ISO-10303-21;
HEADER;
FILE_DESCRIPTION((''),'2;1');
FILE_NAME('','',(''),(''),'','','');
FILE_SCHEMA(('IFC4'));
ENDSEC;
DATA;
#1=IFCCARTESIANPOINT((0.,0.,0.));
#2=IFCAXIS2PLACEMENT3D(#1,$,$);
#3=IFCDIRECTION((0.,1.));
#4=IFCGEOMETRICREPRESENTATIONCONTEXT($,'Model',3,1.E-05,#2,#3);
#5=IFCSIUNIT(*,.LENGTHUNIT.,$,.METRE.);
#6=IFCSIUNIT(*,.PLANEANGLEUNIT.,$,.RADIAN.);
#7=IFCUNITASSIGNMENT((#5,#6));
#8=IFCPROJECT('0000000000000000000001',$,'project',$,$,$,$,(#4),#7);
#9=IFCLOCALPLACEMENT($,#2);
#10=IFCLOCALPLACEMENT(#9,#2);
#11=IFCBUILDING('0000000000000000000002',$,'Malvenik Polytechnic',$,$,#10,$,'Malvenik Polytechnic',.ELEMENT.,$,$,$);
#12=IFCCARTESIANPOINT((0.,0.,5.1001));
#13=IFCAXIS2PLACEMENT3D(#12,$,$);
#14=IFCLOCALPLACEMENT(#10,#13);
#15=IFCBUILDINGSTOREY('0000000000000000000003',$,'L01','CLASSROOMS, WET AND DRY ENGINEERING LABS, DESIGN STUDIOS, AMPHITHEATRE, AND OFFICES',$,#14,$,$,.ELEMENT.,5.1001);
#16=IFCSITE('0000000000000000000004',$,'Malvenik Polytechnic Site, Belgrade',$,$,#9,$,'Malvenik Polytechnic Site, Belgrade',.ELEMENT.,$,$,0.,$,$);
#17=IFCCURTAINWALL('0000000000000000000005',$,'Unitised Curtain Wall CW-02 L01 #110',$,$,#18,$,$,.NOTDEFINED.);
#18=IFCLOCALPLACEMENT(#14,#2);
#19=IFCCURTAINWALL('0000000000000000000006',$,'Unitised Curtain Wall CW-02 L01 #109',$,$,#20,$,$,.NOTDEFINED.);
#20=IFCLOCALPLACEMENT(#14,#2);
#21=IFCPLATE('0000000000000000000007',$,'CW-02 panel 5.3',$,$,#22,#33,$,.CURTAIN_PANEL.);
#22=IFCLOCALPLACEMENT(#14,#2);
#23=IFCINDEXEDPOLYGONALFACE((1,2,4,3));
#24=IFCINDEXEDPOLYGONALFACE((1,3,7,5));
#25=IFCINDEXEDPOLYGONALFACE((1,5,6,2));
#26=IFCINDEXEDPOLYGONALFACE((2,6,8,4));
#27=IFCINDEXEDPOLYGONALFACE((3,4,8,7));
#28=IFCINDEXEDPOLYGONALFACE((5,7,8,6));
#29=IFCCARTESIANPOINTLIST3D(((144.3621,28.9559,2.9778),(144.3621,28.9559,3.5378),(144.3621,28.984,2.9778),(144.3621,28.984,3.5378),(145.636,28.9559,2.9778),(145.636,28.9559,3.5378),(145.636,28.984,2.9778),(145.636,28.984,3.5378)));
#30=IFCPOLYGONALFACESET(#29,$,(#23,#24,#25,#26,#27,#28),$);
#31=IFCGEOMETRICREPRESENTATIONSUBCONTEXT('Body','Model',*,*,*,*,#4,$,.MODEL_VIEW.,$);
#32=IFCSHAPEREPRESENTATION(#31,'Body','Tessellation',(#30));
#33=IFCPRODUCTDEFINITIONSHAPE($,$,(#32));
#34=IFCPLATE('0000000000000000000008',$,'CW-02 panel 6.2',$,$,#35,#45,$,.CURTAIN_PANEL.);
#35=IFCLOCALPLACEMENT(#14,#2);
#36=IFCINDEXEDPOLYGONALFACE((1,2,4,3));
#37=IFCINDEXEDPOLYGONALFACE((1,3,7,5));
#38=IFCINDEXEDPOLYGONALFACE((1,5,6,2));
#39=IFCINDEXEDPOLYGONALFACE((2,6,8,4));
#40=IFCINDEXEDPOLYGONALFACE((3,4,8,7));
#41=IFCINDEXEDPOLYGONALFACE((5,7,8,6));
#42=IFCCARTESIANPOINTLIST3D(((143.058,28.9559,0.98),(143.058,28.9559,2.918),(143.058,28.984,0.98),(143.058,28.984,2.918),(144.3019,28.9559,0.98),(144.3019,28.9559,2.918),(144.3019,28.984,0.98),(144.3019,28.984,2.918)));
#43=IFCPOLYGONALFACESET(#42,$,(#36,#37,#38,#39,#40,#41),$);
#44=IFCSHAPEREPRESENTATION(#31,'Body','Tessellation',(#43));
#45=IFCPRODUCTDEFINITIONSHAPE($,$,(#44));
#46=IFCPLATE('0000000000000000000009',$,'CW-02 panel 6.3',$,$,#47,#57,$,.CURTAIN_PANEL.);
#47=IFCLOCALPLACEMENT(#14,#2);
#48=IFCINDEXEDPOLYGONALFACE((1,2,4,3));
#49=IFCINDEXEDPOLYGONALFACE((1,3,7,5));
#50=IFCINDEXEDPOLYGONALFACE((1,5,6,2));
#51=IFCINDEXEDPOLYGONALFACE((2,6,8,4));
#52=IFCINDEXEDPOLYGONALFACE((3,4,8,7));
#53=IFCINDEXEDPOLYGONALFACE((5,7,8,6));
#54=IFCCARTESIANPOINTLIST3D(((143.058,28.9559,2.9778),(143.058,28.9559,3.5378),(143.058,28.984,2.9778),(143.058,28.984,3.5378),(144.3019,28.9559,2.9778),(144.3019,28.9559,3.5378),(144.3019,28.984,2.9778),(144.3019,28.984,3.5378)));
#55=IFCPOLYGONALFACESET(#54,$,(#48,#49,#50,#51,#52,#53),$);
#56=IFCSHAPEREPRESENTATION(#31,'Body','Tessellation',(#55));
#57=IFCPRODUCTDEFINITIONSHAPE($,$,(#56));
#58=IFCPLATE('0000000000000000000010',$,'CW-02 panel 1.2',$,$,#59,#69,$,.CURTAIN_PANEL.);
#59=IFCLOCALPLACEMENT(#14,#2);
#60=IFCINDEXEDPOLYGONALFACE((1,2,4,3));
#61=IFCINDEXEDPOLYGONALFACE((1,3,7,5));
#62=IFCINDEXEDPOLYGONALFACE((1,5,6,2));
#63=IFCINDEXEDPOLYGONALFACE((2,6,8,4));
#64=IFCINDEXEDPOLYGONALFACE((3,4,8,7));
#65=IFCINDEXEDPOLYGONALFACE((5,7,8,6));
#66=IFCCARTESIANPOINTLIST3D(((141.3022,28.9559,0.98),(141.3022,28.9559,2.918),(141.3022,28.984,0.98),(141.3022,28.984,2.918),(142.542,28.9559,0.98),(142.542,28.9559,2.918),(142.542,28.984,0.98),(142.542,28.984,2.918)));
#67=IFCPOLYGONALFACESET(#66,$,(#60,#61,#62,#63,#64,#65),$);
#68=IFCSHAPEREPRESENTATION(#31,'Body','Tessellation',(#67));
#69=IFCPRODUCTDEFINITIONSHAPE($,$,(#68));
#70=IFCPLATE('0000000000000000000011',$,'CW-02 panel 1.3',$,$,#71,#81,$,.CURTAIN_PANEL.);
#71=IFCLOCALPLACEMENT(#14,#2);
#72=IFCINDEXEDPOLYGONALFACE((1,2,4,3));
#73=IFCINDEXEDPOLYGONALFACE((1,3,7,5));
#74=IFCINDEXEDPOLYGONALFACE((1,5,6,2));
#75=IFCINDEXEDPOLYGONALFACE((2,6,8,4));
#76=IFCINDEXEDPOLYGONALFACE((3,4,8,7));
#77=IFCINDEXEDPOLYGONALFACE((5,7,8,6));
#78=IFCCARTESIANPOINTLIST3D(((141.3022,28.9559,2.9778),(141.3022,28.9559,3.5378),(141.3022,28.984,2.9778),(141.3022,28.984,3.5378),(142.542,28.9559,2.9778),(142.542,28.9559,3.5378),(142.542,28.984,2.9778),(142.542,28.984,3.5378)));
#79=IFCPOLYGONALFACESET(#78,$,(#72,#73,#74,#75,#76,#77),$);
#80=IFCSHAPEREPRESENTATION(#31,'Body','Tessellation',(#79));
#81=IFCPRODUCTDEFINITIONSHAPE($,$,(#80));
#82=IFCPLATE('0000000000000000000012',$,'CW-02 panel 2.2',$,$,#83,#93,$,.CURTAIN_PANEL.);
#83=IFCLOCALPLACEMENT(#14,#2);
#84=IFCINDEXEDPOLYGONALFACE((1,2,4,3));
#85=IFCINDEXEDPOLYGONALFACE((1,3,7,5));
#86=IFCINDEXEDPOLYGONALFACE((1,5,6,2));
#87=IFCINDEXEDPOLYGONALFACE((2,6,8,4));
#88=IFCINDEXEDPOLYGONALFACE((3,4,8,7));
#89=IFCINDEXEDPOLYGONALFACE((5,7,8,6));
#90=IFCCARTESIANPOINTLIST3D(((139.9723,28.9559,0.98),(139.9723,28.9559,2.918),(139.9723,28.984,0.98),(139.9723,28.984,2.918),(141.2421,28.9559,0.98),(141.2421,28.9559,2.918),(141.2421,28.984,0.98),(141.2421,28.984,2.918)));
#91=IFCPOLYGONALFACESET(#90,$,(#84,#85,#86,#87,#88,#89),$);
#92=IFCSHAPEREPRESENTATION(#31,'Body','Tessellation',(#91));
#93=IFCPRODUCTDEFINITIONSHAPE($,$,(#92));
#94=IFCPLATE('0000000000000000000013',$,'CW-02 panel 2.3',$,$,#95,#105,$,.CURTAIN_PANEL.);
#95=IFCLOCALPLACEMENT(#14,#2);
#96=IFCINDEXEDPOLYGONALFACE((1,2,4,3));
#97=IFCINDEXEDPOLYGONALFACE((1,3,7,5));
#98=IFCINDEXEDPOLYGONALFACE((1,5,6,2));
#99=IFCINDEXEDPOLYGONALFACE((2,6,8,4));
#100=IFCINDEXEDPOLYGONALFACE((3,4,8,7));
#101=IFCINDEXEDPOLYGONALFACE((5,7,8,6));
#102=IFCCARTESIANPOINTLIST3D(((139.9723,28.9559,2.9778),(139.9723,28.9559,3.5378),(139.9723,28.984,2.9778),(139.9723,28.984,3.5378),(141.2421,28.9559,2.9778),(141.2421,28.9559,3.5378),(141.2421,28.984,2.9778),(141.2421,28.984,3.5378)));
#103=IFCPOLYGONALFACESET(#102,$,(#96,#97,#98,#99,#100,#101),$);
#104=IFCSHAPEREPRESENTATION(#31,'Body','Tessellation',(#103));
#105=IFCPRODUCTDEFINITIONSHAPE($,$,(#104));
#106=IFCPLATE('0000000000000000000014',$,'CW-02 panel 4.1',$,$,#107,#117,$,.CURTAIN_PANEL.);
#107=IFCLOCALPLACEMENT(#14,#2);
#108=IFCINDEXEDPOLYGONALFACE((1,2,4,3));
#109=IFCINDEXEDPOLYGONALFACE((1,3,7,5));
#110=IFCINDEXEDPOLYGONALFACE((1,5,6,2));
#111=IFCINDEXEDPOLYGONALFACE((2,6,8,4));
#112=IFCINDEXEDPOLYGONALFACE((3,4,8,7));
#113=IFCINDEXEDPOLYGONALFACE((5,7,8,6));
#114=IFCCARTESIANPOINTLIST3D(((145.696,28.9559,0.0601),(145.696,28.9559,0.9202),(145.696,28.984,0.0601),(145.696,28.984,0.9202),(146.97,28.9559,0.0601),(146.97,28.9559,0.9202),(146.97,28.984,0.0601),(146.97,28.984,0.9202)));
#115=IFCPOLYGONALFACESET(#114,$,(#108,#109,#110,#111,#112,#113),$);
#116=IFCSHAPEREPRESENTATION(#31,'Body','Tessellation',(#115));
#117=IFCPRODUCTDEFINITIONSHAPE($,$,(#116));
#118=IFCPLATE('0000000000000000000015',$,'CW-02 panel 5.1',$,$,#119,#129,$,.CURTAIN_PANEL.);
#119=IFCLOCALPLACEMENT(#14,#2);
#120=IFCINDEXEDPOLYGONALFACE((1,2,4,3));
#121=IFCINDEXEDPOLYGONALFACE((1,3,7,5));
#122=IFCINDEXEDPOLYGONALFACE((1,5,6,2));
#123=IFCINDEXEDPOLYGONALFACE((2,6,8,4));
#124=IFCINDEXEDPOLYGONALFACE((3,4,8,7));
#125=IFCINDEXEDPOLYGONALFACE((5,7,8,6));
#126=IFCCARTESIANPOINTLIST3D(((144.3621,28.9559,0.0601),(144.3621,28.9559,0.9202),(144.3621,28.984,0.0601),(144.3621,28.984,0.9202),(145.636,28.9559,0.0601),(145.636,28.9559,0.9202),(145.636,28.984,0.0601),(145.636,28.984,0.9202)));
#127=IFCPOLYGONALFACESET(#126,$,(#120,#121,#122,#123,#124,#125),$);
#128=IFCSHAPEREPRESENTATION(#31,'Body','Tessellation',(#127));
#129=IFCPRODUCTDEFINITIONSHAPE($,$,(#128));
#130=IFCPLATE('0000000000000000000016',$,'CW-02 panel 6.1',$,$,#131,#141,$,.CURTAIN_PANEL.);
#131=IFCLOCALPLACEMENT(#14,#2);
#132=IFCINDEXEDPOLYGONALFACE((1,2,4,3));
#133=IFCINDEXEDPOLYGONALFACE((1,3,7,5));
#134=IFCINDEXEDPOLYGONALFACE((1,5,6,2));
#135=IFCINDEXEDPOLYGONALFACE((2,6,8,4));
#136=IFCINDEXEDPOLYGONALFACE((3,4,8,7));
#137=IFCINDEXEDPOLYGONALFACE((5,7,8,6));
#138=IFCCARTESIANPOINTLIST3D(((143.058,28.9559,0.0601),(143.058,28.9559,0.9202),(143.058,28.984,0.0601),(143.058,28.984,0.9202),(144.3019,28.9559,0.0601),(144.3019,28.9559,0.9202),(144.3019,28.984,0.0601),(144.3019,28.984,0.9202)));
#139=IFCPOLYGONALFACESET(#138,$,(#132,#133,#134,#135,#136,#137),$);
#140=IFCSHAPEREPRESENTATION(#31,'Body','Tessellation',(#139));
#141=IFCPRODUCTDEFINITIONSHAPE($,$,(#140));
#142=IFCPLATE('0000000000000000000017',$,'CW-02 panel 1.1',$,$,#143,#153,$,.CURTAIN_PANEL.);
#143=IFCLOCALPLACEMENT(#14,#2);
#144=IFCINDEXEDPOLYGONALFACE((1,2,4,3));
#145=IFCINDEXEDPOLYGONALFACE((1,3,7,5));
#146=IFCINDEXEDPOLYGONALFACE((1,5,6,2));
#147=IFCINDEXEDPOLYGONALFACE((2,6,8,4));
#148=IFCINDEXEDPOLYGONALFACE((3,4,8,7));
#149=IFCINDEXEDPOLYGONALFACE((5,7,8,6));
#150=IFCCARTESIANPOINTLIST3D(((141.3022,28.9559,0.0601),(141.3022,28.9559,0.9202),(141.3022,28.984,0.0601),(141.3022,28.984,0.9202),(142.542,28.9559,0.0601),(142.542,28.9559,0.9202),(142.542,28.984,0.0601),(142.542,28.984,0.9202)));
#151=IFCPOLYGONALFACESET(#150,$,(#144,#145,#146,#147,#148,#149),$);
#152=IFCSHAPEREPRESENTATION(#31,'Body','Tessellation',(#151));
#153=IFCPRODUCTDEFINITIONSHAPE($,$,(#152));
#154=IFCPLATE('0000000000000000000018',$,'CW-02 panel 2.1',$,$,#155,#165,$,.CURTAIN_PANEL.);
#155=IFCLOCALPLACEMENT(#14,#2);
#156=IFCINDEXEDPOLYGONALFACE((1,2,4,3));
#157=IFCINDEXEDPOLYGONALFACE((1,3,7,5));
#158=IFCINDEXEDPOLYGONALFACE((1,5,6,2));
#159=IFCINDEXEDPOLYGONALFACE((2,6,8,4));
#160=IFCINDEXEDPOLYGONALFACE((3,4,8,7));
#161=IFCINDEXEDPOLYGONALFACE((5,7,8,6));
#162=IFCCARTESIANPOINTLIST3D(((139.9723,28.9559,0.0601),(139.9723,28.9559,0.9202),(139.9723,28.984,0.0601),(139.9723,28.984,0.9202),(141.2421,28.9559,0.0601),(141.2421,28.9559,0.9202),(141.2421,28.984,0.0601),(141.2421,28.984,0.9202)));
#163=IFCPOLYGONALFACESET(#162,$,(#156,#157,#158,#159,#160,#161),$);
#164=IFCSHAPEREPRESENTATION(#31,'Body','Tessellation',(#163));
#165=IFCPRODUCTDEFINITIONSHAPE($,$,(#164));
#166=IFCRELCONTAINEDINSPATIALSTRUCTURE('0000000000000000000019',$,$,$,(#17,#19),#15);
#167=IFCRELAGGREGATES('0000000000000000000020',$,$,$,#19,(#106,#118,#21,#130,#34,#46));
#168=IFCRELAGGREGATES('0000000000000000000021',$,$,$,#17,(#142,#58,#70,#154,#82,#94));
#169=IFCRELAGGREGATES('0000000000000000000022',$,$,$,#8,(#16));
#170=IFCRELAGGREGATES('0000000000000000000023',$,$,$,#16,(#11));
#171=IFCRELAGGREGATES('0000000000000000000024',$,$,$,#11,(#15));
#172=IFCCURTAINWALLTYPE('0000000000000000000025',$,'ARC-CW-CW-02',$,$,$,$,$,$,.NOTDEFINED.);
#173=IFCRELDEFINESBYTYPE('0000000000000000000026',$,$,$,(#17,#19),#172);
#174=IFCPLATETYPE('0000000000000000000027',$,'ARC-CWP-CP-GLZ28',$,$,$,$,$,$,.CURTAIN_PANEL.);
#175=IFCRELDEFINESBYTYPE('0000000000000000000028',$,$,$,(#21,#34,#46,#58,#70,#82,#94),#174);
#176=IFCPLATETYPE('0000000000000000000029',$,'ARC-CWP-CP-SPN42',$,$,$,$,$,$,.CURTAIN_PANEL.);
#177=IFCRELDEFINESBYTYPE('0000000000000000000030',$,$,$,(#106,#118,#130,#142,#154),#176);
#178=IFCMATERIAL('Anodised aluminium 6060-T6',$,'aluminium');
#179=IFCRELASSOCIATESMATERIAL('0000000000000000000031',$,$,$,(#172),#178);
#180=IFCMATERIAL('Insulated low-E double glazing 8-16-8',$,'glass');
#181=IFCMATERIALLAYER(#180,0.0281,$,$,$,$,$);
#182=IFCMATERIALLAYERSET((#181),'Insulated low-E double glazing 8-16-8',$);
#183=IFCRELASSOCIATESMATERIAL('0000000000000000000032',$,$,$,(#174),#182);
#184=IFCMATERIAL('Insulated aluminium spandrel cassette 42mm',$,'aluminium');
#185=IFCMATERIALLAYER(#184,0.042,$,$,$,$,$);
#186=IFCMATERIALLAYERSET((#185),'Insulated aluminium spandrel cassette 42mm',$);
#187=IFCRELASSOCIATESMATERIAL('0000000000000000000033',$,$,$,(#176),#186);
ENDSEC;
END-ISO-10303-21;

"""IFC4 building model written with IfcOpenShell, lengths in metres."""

from ifc_helpers import new_model, si_unit, direction, frame, origin, origin_2d, place, context, subcontext, project, spatial, rectangle, extrude, material, layer, layer_set, type_object, element, aggregate, save


model = new_model("IFC4")

# Units and contexts
model_context = context("Model", 3, precision=1e-05, world=origin(), true_north=direction((0.0, 1.0)))
body_context = subcontext(model_context, "Body", "Model", "MODEL_VIEW")
ifc_project = project(units=[si_unit("LENGTHUNIT", "METRE"), si_unit("PLANEANGLEUNIT", "RADIAN")], contexts=[model_context])

# Site, building, storey
site_placement = place(None, origin())
site = spatial("IfcSite", under=ifc_project, at=site_placement, Name="Malvenik Polytechnic Site, Belgrade", LongName="Malvenik Polytechnic Site, Belgrade", CompositionType="ELEMENT", RefElevation=0.0)
building_placement = place(site_placement, origin())
building = spatial("IfcBuilding", under=site, at=building_placement, Name="Malvenik Polytechnic", LongName="Malvenik Polytechnic", CompositionType="ELEMENT")
storey_placement = place(building_placement, frame((0.0, 0.0, 5.1001)))
storey = spatial("IfcBuildingStorey", under=building, at=storey_placement, Name="L01", Description="CLASSROOMS, WET AND DRY ENGINEERING LABS, DESIGN STUDIOS, AMPHITHEATRE, AND OFFICES", CompositionType="ELEMENT", Elevation=5.1001)

# Curtain walls
ifc_material_1 = material(Name="Anodised aluminium 6060-T6", Category="aluminium")
curtain_wall_type = type_object("IfcCurtainWallType", Name="ARC-CW-CW-02", PredefinedType="NOTDEFINED", material=ifc_material_1)
curtain_wall_1_placement = place(storey_placement, origin())
curtain_wall_1 = element("IfcCurtainWall", 1, at=curtain_wall_1_placement, inside=storey, type_object=curtain_wall_type, Name="Unitised Curtain Wall CW-02 L01 #110", PredefinedType="NOTDEFINED")
curtain_wall_2_placement = place(storey_placement, origin())
curtain_wall_2 = element("IfcCurtainWall", 2, at=curtain_wall_2_placement, inside=storey, type_object=curtain_wall_type, Name="Unitised Curtain Wall CW-02 L01 #109", PredefinedType="NOTDEFINED")

# Plates
ifc_material_2 = material(Name="Insulated low-E double glazing 8-16-8", Category="glass")
ifc_layer_1 = layer(ifc_material_2, 0.0281)
ifc_layer_set_1 = layer_set([ifc_layer_1], Name="Insulated low-E double glazing 8-16-8")
plate_type_1 = type_object("IfcPlateType", Name="ARC-CWP-CP-GLZ28", PredefinedType="CURTAIN_PANEL", material=ifc_layer_set_1)
plate_1_placement = place(storey_placement, frame((144.999, 28.97, 2.9778), z_axis=(0.0, 0.0, 1.0), x_axis=(-1.0, 0.0, 0.0)))
plate_1 = element("IfcPlate", 3, at=plate_1_placement, type_object=plate_type_1, Name="CW-02 panel 5.3", PredefinedType="CURTAIN_PANEL", context=body_context, shape_type="SweptSolid", body=[
    extrude(rectangle(XDim=1.2739, YDim=0.0281, at=origin_2d()), origin(), (0.0, 0.0, 1.0), 0.5601),
])
plate_2_placement = place(storey_placement, frame((143.6799, 28.97, 0.98), z_axis=(0.0, 0.0, 1.0), x_axis=(-1.0, 0.0, 0.0)))
plate_2 = element("IfcPlate", 4, at=plate_2_placement, type_object=plate_type_1, Name="CW-02 panel 6.2", PredefinedType="CURTAIN_PANEL", context=body_context, shape_type="SweptSolid", body=[
    extrude(rectangle(XDim=1.2439, YDim=0.0281, at=origin_2d()), origin(), (0.0, 0.0, 1.0), 1.938),
])
plate_3_placement = place(storey_placement, frame((143.6799, 28.97, 2.9778), z_axis=(0.0, 0.0, 1.0), x_axis=(-1.0, 0.0, 0.0)))
plate_3 = element("IfcPlate", 5, at=plate_3_placement, type_object=plate_type_1, Name="CW-02 panel 6.3", PredefinedType="CURTAIN_PANEL", context=body_context, shape_type="SweptSolid", body=[
    extrude(rectangle(XDim=1.2439, YDim=0.0281, at=origin_2d()), origin(), (0.0, 0.0, 1.0), 0.5601),
])
plate_4_placement = place(storey_placement, frame((141.9221, 28.97, 0.98), z_axis=(0.0, 0.0, 1.0), x_axis=(-1.0, 0.0, 0.0)))
plate_4 = element("IfcPlate", 6, at=plate_4_placement, type_object=plate_type_1, Name="CW-02 panel 1.2", PredefinedType="CURTAIN_PANEL", context=body_context, shape_type="SweptSolid", body=[
    extrude(rectangle(XDim=1.2397, YDim=0.0281, at=origin_2d()), origin(), (0.0, 0.0, 1.0), 1.938),
])
plate_5_placement = place(storey_placement, frame((141.9221, 28.97, 2.9778), z_axis=(0.0, 0.0, 1.0), x_axis=(-1.0, 0.0, 0.0)))
plate_5 = element("IfcPlate", 7, at=plate_5_placement, type_object=plate_type_1, Name="CW-02 panel 1.3", PredefinedType="CURTAIN_PANEL", context=body_context, shape_type="SweptSolid", body=[
    extrude(rectangle(XDim=1.2397, YDim=0.0281, at=origin_2d()), origin(), (0.0, 0.0, 1.0), 0.5601),
])
plate_6_placement = place(storey_placement, frame((140.6072, 28.97, 0.98), z_axis=(0.0, 0.0, 1.0), x_axis=(-1.0, 0.0, 0.0)))
plate_6 = element("IfcPlate", 8, at=plate_6_placement, type_object=plate_type_1, Name="CW-02 panel 2.2", PredefinedType="CURTAIN_PANEL", context=body_context, shape_type="SweptSolid", body=[
    extrude(rectangle(XDim=1.2698, YDim=0.0281, at=origin_2d()), origin(), (0.0, 0.0, 1.0), 1.938),
])
plate_7_placement = place(storey_placement, frame((140.6072, 28.97, 2.9778), z_axis=(0.0, 0.0, 1.0), x_axis=(-1.0, 0.0, 0.0)))
plate_7 = element("IfcPlate", 9, at=plate_7_placement, type_object=plate_type_1, Name="CW-02 panel 2.3", PredefinedType="CURTAIN_PANEL", context=body_context, shape_type="SweptSolid", body=[
    extrude(rectangle(XDim=1.2698, YDim=0.0281, at=origin_2d()), origin(), (0.0, 0.0, 1.0), 0.5601),
])
ifc_material_3 = material(Name="Insulated aluminium spandrel cassette 42mm", Category="aluminium")
ifc_layer_2 = layer(ifc_material_3, 0.042)
ifc_layer_set_2 = layer_set([ifc_layer_2], Name="Insulated aluminium spandrel cassette 42mm")
plate_type_2 = type_object("IfcPlateType", Name="ARC-CWP-CP-SPN42", PredefinedType="CURTAIN_PANEL", material=ifc_layer_set_2)
plate_8_placement = place(storey_placement, frame((146.333, 28.97, 0.0601), z_axis=(0.0, 0.0, 1.0), x_axis=(-1.0, 0.0, 0.0)))
plate_8 = element("IfcPlate", 10, at=plate_8_placement, type_object=plate_type_2, Name="CW-02 panel 4.1", PredefinedType="CURTAIN_PANEL", context=body_context, shape_type="SweptSolid", body=[
    extrude(rectangle(XDim=1.2739, YDim=0.0281, at=origin_2d()), origin(), (0.0, 0.0, 1.0), 0.8601),
])
plate_9_placement = place(storey_placement, frame((144.999, 28.97, 0.0601), z_axis=(0.0, 0.0, 1.0), x_axis=(-1.0, 0.0, 0.0)))
plate_9 = element("IfcPlate", 11, at=plate_9_placement, type_object=plate_type_2, Name="CW-02 panel 5.1", PredefinedType="CURTAIN_PANEL", context=body_context, shape_type="SweptSolid", body=[
    extrude(rectangle(XDim=1.2739, YDim=0.0281, at=origin_2d()), origin(), (0.0, 0.0, 1.0), 0.8601),
])
plate_10_placement = place(storey_placement, frame((143.6799, 28.97, 0.0601), z_axis=(0.0, 0.0, 1.0), x_axis=(-1.0, 0.0, 0.0)))
plate_10 = element("IfcPlate", 12, at=plate_10_placement, type_object=plate_type_2, Name="CW-02 panel 6.1", PredefinedType="CURTAIN_PANEL", context=body_context, shape_type="SweptSolid", body=[
    extrude(rectangle(XDim=1.2439, YDim=0.0281, at=origin_2d()), origin(), (0.0, 0.0, 1.0), 0.8601),
])
aggregate(curtain_wall_2, [plate_8, plate_9, plate_1, plate_10, plate_2, plate_3])
plate_11_placement = place(storey_placement, frame((141.9221, 28.97, 0.0601), z_axis=(0.0, 0.0, 1.0), x_axis=(-1.0, 0.0, 0.0)))
plate_11 = element("IfcPlate", 13, at=plate_11_placement, type_object=plate_type_2, Name="CW-02 panel 1.1", PredefinedType="CURTAIN_PANEL", context=body_context, shape_type="SweptSolid", body=[
    extrude(rectangle(XDim=1.2397, YDim=0.0281, at=origin_2d()), origin(), (0.0, 0.0, 1.0), 0.8601),
])
plate_12_placement = place(storey_placement, frame((140.6072, 28.97, 0.0601), z_axis=(0.0, 0.0, 1.0), x_axis=(-1.0, 0.0, 0.0)))
plate_12 = element("IfcPlate", 14, at=plate_12_placement, type_object=plate_type_2, Name="CW-02 panel 2.1", PredefinedType="CURTAIN_PANEL", context=body_context, shape_type="SweptSolid", body=[
    extrude(rectangle(XDim=1.2698, YDim=0.0281, at=origin_2d()), origin(), (0.0, 0.0, 1.0), 0.8601),
])
aggregate(curtain_wall_1, [plate_11, plate_4, plate_5, plate_12, plate_6, plate_7])

save(model, "model.ifc")
